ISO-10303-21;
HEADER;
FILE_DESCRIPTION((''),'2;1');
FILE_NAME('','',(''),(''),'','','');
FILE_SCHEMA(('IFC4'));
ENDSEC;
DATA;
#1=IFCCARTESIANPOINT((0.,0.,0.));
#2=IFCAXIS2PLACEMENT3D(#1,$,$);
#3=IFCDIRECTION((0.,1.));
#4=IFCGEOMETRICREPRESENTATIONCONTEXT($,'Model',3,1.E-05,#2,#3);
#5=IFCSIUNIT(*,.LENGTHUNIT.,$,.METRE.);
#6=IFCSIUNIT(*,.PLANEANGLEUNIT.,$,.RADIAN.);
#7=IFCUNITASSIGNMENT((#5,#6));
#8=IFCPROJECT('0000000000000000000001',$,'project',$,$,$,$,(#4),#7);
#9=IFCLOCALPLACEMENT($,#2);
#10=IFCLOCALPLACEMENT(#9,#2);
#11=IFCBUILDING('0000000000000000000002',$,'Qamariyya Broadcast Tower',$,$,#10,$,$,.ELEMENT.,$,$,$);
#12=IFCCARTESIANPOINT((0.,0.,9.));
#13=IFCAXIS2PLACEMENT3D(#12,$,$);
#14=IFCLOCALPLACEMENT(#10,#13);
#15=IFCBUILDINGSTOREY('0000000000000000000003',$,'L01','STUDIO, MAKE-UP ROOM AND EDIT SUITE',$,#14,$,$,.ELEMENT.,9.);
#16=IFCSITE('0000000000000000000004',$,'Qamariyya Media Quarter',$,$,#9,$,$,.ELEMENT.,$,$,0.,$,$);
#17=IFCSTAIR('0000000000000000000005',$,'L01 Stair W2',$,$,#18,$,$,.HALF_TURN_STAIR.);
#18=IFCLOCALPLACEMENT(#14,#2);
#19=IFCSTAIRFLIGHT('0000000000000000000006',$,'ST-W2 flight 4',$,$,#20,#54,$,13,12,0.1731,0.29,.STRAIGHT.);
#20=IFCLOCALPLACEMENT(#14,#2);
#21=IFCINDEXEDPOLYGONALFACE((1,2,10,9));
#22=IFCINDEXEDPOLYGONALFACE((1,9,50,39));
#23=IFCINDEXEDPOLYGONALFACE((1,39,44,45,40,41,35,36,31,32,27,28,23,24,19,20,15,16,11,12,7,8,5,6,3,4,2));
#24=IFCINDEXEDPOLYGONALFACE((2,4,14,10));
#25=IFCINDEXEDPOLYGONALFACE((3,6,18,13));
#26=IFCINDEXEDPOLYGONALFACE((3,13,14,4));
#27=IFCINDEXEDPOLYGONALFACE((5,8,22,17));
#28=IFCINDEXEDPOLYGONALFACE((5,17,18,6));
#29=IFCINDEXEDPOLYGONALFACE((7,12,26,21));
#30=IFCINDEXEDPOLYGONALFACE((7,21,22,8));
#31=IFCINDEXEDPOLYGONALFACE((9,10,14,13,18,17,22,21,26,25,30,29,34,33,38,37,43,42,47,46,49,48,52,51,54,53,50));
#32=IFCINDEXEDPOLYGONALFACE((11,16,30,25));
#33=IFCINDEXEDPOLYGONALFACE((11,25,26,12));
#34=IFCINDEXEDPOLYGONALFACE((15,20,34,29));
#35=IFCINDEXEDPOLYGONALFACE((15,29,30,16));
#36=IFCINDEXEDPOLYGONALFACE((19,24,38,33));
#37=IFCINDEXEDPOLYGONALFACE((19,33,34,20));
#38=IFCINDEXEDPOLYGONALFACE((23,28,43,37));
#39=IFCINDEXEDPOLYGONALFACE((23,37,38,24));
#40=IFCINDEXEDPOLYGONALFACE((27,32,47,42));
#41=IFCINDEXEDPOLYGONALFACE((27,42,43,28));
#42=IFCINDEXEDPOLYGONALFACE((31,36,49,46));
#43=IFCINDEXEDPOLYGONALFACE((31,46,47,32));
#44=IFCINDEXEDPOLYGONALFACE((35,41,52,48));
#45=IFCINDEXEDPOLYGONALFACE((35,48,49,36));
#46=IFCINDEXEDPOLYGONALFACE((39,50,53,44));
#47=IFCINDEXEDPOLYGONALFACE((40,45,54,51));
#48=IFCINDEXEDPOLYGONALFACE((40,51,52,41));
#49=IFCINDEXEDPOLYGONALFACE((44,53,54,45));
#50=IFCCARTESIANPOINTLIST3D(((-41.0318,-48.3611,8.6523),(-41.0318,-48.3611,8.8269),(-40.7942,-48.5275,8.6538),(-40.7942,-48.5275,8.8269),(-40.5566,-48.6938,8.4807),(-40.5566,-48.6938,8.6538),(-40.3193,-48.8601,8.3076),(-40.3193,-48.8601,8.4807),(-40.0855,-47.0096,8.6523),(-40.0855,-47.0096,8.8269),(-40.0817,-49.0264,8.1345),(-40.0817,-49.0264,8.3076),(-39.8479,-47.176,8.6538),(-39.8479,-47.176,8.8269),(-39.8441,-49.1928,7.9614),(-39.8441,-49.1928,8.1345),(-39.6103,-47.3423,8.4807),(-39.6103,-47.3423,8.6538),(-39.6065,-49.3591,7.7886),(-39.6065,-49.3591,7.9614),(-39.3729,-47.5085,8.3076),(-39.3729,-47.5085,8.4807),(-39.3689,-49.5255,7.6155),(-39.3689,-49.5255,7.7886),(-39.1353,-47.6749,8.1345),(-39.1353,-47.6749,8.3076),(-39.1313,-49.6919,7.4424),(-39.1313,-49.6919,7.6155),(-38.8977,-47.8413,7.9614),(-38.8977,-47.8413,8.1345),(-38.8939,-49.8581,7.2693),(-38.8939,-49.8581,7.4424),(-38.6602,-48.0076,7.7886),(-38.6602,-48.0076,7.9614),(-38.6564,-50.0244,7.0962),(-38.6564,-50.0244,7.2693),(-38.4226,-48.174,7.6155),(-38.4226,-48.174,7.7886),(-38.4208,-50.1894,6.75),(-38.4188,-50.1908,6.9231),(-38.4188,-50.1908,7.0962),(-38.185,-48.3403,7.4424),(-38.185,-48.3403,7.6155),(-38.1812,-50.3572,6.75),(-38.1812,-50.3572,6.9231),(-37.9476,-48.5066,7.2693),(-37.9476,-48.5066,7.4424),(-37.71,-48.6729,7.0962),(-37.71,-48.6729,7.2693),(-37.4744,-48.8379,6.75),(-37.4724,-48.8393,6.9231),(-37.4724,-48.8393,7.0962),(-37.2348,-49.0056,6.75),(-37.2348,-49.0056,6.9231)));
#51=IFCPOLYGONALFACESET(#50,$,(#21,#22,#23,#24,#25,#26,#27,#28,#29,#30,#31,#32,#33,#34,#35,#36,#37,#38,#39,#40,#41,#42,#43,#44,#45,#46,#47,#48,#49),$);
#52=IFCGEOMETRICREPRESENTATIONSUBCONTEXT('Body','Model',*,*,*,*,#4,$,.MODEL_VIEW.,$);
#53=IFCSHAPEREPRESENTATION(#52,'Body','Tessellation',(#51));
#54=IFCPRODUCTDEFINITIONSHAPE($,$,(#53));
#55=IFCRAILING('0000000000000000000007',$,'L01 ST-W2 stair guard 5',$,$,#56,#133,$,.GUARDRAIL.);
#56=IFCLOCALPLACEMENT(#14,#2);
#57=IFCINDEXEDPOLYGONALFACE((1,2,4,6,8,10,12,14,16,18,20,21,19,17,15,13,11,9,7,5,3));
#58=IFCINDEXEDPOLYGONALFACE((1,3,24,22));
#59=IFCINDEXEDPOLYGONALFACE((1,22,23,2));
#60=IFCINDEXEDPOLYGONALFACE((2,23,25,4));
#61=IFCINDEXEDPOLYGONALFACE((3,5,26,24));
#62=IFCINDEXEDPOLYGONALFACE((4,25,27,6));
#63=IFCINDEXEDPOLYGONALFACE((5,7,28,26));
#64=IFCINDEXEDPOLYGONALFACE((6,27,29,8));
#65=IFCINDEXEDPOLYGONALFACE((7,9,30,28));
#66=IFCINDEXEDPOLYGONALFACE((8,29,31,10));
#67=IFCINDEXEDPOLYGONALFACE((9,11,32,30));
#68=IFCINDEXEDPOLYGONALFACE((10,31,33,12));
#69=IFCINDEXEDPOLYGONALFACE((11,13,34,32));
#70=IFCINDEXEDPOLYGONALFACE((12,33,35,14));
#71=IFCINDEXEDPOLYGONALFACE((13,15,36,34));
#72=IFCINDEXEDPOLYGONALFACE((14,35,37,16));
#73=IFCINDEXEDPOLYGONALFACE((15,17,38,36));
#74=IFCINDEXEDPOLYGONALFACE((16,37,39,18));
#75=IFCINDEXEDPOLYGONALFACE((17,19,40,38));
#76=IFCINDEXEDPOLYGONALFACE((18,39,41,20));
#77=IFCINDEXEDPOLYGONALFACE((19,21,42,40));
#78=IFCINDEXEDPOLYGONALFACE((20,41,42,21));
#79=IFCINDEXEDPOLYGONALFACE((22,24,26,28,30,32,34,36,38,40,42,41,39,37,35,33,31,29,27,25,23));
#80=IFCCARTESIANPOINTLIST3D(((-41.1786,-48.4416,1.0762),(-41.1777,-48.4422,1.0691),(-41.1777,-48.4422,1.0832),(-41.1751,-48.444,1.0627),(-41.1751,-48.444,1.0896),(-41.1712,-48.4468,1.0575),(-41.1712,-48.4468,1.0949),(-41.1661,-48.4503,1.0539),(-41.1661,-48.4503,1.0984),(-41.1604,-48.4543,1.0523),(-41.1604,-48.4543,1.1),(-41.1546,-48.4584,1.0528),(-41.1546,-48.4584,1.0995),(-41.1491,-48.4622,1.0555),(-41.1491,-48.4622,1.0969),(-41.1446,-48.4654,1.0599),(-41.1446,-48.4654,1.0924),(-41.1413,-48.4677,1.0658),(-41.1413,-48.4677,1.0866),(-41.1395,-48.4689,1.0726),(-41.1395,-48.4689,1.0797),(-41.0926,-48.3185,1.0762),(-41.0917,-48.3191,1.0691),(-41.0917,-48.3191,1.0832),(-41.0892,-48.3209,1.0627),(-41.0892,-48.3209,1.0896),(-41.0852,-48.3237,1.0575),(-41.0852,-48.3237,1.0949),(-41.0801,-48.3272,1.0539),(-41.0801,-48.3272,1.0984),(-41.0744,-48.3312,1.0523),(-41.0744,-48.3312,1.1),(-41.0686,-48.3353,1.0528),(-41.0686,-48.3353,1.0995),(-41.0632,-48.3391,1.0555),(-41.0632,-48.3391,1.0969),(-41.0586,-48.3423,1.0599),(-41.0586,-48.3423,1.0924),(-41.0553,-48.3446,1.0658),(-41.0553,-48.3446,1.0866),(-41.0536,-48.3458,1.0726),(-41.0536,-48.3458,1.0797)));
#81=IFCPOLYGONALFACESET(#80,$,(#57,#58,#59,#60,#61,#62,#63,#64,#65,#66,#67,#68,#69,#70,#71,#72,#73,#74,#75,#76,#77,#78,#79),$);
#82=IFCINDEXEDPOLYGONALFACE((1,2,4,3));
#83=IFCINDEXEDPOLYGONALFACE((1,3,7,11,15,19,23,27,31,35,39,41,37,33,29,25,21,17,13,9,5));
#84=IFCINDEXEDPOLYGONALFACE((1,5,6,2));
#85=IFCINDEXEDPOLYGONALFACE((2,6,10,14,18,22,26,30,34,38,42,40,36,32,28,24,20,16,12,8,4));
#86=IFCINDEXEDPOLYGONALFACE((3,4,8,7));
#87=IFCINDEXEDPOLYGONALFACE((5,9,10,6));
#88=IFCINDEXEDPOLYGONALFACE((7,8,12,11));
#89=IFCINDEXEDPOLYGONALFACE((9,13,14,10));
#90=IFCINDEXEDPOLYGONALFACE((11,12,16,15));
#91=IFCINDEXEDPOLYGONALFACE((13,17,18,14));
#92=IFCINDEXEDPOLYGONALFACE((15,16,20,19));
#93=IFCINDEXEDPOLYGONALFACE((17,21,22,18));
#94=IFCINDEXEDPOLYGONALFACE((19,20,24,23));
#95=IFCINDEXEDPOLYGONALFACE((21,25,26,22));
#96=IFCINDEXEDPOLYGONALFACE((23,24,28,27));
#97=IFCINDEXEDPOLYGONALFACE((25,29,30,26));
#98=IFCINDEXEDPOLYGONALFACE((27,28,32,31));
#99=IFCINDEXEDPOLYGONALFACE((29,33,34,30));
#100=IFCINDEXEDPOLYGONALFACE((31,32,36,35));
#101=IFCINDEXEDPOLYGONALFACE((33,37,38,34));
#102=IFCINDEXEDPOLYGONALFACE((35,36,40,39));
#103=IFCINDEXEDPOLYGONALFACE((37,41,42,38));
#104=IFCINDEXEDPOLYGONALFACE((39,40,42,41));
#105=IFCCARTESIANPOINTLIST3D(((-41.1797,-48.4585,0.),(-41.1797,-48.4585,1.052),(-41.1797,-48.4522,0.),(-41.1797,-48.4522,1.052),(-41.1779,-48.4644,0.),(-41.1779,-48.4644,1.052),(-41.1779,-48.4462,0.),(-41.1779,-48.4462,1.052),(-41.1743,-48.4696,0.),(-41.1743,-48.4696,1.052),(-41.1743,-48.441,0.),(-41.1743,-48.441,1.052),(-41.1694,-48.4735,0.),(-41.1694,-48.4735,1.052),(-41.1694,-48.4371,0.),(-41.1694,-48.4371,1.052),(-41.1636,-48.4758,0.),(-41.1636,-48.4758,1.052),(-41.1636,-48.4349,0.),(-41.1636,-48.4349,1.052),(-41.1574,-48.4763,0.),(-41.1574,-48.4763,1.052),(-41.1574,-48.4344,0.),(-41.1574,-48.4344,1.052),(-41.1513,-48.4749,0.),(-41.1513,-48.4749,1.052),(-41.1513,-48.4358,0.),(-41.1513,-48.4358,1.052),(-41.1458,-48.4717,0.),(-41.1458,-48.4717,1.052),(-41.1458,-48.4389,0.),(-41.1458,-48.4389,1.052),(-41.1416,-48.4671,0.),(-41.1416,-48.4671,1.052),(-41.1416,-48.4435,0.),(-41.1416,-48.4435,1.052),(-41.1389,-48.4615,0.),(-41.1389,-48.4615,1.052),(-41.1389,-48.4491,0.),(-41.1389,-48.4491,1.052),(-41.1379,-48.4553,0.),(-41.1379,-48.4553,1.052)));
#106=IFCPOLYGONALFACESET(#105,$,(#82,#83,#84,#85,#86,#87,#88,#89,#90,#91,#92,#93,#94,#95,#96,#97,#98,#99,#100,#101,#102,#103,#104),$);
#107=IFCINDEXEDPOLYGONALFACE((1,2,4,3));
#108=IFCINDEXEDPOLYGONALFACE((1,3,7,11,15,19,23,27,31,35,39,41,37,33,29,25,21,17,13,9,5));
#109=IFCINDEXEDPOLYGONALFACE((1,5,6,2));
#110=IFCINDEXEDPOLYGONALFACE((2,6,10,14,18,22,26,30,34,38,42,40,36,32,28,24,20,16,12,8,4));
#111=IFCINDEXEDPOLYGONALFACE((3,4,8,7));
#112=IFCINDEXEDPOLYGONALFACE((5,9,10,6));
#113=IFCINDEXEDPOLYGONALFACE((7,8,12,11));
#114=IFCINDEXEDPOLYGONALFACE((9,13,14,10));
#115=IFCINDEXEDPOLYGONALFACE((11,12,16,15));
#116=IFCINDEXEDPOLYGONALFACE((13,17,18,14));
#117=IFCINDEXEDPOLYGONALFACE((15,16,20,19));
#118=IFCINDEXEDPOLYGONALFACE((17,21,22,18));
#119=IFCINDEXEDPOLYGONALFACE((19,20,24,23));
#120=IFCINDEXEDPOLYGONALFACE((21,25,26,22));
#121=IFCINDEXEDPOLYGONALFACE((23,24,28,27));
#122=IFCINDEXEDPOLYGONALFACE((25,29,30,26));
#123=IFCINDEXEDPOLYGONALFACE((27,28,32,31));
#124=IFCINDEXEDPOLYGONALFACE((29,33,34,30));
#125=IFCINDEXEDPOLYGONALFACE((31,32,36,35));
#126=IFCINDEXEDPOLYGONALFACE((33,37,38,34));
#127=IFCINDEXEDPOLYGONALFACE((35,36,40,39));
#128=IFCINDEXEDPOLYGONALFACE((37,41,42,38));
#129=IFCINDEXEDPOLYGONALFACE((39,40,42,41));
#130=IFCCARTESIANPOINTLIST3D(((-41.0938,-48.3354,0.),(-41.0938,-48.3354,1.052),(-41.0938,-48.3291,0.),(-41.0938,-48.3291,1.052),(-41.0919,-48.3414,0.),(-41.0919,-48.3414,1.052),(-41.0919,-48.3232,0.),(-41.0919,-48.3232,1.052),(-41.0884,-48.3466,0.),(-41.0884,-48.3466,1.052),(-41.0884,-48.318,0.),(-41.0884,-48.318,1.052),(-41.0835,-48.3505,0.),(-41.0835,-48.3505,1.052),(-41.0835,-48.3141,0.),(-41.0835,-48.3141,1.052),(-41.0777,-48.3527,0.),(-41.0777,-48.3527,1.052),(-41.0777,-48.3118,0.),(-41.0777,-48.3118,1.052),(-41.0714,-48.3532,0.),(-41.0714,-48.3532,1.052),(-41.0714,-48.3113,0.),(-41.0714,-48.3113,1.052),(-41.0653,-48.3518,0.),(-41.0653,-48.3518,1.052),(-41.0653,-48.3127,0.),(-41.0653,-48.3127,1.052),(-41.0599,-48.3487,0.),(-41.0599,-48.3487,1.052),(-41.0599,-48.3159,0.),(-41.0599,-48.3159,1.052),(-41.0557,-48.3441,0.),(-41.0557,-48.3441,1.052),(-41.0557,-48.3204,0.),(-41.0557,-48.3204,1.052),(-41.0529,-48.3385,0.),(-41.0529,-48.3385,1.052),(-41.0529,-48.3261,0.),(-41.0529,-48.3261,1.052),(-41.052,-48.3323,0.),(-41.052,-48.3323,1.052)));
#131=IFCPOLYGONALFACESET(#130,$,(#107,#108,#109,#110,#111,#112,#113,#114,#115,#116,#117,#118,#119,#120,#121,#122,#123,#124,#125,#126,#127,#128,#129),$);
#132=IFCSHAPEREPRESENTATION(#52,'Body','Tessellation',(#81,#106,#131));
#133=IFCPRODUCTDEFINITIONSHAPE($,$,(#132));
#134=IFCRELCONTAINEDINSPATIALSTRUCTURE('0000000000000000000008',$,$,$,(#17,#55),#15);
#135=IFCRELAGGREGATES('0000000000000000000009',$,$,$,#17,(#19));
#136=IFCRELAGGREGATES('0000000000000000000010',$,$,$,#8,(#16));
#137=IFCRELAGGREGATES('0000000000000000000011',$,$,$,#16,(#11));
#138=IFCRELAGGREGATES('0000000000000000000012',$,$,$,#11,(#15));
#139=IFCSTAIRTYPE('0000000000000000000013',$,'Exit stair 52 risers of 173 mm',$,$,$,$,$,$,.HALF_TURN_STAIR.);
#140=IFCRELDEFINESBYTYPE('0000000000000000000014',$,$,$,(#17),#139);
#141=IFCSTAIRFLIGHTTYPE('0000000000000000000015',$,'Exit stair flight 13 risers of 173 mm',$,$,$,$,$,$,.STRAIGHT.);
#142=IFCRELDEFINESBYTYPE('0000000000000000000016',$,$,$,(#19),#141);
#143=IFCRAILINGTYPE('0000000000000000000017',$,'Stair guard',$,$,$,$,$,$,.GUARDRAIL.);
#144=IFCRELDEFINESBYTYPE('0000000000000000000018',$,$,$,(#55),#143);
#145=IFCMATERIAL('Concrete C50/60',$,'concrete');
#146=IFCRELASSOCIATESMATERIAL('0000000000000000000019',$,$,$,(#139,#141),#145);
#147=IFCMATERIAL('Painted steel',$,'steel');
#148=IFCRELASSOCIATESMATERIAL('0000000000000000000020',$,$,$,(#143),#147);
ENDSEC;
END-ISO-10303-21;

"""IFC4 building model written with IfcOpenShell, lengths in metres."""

from ifc_helpers import new_model, si_unit, direction, frame, origin, origin_2d, place, context, subcontext, project, spatial, polyline, circle, outline, extrude, material, type_object, element, aggregate, save


model = new_model("IFC4")

# Units and contexts
model_context = context("Model", 3, precision=1e-05, world=origin(), true_north=direction((0.0, 1.0)))
body_context = subcontext(model_context, "Body", "Model", "MODEL_VIEW")
ifc_project = project(units=[si_unit("LENGTHUNIT", "METRE"), si_unit("PLANEANGLEUNIT", "RADIAN")], contexts=[model_context])

# Site, building, storey
site_placement = place(None, origin())
site = spatial("IfcSite", under=ifc_project, at=site_placement, Name="Qamariyya Media Quarter", CompositionType="ELEMENT", RefElevation=0.0)
building_placement = place(site_placement, origin())
building = spatial("IfcBuilding", under=site, at=building_placement, Name="Qamariyya Broadcast Tower", CompositionType="ELEMENT")
storey_placement = place(building_placement, frame((0.0, 0.0, 9.0)))
storey = spatial("IfcBuildingStorey", under=building, at=storey_placement, Name="L01", Description="STUDIO, MAKE-UP ROOM AND EDIT SUITE", CompositionType="ELEMENT", Elevation=9.0)

# Shared definitions
ifc_material_1 = material(Name="Concrete C50/60", Category="concrete")

# Stair, stair flight
stair_type = type_object("IfcStairType", Name="Exit stair 52 risers of 173 mm", PredefinedType="HALF_TURN_STAIR", material=ifc_material_1)
stair_placement = place(storey_placement, origin())
stair = element("IfcStair", 1, at=stair_placement, inside=storey, type_object=stair_type, Name="L01 Stair W2", PredefinedType="HALF_TURN_STAIR")
stair_flight_type = type_object("IfcStairFlightType", Name="Exit stair flight 13 risers of 173 mm", PredefinedType="STRAIGHT", material=ifc_material_1)
stair_flight_1_placement = place(storey_placement, frame((-37.708, -49.6814, 6.75), z_axis=(0.0, 0.0, 1.0), x_axis=(-0.819152, 0.573576, 0.0)))
stair_flight_1 = element("IfcStairFlight", 2, at=stair_flight_1_placement, type_object=stair_flight_type, Name="ST-W2 flight 4", NumberOfRisers=13, NumberOfTreads=12, PredefinedType="STRAIGHT", RiserHeight=0.1731, TreadLength=0.29, context=body_context, shape_type="SweptSolid", body=[
    extrude(outline(polyline([(0.0, 0.0), (0.0, 0.1731), (0.29, 0.1731), (0.29, 0.3462), (0.5801, 0.3462), (0.5801, 0.5193), (0.8701, 0.5193), (0.8701, 0.6924), (1.1599, 0.6924), (1.1599, 0.8655), (1.45, 0.8655), (1.45, 1.0386), (1.74, 1.0386), (1.74, 1.2114), (2.03, 1.2114), (2.03, 1.3845), (2.3201, 1.3845), (2.3201, 1.5576), (2.6101, 1.5576), (2.6101, 1.7307), (2.8999, 1.7307), (2.8999, 1.9038), (3.1899, 1.9038), (3.1899, 2.0769), (3.48, 2.0769), (3.48, 2.25), (3.48, 1.9023), (0.2925, 0.0), (0.0, 0.0)])), frame((0.0, 0.825, 0.0), z_axis=(0.0, -1.0, 0.0), x_axis=(1.0, 0.0, 0.0)), (0.0, 0.0, 1.0), 1.6499),
])
aggregate(stair, [stair_flight_1])

# Railing
ifc_material_2 = material(Name="Painted steel", Category="steel")
railing_type_1 = type_object("IfcRailingType", Name="Stair guard", PredefinedType="GUARDRAIL", material=ifc_material_2)
railing_placement = place(storey_placement, frame((-41.1589, -48.4553, 0.0)))
element("IfcRailing", 3, at=railing_placement, inside=storey, type_object=railing_type_1, Name="L01 ST-W2 stair guard 5", PredefinedType="GUARDRAIL", context=body_context, shape_type="SweptSolid", body=[
    extrude(circle(Radius=0.0239, at=origin_2d()), frame((0.0, 0.0, 1.0762), z_axis=(0.572589, 0.819843, 0.0), x_axis=(-0.819843, 0.572589, 0.0)), (0.0, 0.0, 1.0), 0.1501),
    extrude(circle(Radius=0.021, at=origin_2d()), origin(), (0.0, 0.0, 1.0), 1.052),
    extrude(circle(Radius=0.021, at=origin_2d()), frame((0.0859, 0.123, 0.0)), (0.0, 0.0, 1.0), 1.052),
])

save(model, "model.ifc")
